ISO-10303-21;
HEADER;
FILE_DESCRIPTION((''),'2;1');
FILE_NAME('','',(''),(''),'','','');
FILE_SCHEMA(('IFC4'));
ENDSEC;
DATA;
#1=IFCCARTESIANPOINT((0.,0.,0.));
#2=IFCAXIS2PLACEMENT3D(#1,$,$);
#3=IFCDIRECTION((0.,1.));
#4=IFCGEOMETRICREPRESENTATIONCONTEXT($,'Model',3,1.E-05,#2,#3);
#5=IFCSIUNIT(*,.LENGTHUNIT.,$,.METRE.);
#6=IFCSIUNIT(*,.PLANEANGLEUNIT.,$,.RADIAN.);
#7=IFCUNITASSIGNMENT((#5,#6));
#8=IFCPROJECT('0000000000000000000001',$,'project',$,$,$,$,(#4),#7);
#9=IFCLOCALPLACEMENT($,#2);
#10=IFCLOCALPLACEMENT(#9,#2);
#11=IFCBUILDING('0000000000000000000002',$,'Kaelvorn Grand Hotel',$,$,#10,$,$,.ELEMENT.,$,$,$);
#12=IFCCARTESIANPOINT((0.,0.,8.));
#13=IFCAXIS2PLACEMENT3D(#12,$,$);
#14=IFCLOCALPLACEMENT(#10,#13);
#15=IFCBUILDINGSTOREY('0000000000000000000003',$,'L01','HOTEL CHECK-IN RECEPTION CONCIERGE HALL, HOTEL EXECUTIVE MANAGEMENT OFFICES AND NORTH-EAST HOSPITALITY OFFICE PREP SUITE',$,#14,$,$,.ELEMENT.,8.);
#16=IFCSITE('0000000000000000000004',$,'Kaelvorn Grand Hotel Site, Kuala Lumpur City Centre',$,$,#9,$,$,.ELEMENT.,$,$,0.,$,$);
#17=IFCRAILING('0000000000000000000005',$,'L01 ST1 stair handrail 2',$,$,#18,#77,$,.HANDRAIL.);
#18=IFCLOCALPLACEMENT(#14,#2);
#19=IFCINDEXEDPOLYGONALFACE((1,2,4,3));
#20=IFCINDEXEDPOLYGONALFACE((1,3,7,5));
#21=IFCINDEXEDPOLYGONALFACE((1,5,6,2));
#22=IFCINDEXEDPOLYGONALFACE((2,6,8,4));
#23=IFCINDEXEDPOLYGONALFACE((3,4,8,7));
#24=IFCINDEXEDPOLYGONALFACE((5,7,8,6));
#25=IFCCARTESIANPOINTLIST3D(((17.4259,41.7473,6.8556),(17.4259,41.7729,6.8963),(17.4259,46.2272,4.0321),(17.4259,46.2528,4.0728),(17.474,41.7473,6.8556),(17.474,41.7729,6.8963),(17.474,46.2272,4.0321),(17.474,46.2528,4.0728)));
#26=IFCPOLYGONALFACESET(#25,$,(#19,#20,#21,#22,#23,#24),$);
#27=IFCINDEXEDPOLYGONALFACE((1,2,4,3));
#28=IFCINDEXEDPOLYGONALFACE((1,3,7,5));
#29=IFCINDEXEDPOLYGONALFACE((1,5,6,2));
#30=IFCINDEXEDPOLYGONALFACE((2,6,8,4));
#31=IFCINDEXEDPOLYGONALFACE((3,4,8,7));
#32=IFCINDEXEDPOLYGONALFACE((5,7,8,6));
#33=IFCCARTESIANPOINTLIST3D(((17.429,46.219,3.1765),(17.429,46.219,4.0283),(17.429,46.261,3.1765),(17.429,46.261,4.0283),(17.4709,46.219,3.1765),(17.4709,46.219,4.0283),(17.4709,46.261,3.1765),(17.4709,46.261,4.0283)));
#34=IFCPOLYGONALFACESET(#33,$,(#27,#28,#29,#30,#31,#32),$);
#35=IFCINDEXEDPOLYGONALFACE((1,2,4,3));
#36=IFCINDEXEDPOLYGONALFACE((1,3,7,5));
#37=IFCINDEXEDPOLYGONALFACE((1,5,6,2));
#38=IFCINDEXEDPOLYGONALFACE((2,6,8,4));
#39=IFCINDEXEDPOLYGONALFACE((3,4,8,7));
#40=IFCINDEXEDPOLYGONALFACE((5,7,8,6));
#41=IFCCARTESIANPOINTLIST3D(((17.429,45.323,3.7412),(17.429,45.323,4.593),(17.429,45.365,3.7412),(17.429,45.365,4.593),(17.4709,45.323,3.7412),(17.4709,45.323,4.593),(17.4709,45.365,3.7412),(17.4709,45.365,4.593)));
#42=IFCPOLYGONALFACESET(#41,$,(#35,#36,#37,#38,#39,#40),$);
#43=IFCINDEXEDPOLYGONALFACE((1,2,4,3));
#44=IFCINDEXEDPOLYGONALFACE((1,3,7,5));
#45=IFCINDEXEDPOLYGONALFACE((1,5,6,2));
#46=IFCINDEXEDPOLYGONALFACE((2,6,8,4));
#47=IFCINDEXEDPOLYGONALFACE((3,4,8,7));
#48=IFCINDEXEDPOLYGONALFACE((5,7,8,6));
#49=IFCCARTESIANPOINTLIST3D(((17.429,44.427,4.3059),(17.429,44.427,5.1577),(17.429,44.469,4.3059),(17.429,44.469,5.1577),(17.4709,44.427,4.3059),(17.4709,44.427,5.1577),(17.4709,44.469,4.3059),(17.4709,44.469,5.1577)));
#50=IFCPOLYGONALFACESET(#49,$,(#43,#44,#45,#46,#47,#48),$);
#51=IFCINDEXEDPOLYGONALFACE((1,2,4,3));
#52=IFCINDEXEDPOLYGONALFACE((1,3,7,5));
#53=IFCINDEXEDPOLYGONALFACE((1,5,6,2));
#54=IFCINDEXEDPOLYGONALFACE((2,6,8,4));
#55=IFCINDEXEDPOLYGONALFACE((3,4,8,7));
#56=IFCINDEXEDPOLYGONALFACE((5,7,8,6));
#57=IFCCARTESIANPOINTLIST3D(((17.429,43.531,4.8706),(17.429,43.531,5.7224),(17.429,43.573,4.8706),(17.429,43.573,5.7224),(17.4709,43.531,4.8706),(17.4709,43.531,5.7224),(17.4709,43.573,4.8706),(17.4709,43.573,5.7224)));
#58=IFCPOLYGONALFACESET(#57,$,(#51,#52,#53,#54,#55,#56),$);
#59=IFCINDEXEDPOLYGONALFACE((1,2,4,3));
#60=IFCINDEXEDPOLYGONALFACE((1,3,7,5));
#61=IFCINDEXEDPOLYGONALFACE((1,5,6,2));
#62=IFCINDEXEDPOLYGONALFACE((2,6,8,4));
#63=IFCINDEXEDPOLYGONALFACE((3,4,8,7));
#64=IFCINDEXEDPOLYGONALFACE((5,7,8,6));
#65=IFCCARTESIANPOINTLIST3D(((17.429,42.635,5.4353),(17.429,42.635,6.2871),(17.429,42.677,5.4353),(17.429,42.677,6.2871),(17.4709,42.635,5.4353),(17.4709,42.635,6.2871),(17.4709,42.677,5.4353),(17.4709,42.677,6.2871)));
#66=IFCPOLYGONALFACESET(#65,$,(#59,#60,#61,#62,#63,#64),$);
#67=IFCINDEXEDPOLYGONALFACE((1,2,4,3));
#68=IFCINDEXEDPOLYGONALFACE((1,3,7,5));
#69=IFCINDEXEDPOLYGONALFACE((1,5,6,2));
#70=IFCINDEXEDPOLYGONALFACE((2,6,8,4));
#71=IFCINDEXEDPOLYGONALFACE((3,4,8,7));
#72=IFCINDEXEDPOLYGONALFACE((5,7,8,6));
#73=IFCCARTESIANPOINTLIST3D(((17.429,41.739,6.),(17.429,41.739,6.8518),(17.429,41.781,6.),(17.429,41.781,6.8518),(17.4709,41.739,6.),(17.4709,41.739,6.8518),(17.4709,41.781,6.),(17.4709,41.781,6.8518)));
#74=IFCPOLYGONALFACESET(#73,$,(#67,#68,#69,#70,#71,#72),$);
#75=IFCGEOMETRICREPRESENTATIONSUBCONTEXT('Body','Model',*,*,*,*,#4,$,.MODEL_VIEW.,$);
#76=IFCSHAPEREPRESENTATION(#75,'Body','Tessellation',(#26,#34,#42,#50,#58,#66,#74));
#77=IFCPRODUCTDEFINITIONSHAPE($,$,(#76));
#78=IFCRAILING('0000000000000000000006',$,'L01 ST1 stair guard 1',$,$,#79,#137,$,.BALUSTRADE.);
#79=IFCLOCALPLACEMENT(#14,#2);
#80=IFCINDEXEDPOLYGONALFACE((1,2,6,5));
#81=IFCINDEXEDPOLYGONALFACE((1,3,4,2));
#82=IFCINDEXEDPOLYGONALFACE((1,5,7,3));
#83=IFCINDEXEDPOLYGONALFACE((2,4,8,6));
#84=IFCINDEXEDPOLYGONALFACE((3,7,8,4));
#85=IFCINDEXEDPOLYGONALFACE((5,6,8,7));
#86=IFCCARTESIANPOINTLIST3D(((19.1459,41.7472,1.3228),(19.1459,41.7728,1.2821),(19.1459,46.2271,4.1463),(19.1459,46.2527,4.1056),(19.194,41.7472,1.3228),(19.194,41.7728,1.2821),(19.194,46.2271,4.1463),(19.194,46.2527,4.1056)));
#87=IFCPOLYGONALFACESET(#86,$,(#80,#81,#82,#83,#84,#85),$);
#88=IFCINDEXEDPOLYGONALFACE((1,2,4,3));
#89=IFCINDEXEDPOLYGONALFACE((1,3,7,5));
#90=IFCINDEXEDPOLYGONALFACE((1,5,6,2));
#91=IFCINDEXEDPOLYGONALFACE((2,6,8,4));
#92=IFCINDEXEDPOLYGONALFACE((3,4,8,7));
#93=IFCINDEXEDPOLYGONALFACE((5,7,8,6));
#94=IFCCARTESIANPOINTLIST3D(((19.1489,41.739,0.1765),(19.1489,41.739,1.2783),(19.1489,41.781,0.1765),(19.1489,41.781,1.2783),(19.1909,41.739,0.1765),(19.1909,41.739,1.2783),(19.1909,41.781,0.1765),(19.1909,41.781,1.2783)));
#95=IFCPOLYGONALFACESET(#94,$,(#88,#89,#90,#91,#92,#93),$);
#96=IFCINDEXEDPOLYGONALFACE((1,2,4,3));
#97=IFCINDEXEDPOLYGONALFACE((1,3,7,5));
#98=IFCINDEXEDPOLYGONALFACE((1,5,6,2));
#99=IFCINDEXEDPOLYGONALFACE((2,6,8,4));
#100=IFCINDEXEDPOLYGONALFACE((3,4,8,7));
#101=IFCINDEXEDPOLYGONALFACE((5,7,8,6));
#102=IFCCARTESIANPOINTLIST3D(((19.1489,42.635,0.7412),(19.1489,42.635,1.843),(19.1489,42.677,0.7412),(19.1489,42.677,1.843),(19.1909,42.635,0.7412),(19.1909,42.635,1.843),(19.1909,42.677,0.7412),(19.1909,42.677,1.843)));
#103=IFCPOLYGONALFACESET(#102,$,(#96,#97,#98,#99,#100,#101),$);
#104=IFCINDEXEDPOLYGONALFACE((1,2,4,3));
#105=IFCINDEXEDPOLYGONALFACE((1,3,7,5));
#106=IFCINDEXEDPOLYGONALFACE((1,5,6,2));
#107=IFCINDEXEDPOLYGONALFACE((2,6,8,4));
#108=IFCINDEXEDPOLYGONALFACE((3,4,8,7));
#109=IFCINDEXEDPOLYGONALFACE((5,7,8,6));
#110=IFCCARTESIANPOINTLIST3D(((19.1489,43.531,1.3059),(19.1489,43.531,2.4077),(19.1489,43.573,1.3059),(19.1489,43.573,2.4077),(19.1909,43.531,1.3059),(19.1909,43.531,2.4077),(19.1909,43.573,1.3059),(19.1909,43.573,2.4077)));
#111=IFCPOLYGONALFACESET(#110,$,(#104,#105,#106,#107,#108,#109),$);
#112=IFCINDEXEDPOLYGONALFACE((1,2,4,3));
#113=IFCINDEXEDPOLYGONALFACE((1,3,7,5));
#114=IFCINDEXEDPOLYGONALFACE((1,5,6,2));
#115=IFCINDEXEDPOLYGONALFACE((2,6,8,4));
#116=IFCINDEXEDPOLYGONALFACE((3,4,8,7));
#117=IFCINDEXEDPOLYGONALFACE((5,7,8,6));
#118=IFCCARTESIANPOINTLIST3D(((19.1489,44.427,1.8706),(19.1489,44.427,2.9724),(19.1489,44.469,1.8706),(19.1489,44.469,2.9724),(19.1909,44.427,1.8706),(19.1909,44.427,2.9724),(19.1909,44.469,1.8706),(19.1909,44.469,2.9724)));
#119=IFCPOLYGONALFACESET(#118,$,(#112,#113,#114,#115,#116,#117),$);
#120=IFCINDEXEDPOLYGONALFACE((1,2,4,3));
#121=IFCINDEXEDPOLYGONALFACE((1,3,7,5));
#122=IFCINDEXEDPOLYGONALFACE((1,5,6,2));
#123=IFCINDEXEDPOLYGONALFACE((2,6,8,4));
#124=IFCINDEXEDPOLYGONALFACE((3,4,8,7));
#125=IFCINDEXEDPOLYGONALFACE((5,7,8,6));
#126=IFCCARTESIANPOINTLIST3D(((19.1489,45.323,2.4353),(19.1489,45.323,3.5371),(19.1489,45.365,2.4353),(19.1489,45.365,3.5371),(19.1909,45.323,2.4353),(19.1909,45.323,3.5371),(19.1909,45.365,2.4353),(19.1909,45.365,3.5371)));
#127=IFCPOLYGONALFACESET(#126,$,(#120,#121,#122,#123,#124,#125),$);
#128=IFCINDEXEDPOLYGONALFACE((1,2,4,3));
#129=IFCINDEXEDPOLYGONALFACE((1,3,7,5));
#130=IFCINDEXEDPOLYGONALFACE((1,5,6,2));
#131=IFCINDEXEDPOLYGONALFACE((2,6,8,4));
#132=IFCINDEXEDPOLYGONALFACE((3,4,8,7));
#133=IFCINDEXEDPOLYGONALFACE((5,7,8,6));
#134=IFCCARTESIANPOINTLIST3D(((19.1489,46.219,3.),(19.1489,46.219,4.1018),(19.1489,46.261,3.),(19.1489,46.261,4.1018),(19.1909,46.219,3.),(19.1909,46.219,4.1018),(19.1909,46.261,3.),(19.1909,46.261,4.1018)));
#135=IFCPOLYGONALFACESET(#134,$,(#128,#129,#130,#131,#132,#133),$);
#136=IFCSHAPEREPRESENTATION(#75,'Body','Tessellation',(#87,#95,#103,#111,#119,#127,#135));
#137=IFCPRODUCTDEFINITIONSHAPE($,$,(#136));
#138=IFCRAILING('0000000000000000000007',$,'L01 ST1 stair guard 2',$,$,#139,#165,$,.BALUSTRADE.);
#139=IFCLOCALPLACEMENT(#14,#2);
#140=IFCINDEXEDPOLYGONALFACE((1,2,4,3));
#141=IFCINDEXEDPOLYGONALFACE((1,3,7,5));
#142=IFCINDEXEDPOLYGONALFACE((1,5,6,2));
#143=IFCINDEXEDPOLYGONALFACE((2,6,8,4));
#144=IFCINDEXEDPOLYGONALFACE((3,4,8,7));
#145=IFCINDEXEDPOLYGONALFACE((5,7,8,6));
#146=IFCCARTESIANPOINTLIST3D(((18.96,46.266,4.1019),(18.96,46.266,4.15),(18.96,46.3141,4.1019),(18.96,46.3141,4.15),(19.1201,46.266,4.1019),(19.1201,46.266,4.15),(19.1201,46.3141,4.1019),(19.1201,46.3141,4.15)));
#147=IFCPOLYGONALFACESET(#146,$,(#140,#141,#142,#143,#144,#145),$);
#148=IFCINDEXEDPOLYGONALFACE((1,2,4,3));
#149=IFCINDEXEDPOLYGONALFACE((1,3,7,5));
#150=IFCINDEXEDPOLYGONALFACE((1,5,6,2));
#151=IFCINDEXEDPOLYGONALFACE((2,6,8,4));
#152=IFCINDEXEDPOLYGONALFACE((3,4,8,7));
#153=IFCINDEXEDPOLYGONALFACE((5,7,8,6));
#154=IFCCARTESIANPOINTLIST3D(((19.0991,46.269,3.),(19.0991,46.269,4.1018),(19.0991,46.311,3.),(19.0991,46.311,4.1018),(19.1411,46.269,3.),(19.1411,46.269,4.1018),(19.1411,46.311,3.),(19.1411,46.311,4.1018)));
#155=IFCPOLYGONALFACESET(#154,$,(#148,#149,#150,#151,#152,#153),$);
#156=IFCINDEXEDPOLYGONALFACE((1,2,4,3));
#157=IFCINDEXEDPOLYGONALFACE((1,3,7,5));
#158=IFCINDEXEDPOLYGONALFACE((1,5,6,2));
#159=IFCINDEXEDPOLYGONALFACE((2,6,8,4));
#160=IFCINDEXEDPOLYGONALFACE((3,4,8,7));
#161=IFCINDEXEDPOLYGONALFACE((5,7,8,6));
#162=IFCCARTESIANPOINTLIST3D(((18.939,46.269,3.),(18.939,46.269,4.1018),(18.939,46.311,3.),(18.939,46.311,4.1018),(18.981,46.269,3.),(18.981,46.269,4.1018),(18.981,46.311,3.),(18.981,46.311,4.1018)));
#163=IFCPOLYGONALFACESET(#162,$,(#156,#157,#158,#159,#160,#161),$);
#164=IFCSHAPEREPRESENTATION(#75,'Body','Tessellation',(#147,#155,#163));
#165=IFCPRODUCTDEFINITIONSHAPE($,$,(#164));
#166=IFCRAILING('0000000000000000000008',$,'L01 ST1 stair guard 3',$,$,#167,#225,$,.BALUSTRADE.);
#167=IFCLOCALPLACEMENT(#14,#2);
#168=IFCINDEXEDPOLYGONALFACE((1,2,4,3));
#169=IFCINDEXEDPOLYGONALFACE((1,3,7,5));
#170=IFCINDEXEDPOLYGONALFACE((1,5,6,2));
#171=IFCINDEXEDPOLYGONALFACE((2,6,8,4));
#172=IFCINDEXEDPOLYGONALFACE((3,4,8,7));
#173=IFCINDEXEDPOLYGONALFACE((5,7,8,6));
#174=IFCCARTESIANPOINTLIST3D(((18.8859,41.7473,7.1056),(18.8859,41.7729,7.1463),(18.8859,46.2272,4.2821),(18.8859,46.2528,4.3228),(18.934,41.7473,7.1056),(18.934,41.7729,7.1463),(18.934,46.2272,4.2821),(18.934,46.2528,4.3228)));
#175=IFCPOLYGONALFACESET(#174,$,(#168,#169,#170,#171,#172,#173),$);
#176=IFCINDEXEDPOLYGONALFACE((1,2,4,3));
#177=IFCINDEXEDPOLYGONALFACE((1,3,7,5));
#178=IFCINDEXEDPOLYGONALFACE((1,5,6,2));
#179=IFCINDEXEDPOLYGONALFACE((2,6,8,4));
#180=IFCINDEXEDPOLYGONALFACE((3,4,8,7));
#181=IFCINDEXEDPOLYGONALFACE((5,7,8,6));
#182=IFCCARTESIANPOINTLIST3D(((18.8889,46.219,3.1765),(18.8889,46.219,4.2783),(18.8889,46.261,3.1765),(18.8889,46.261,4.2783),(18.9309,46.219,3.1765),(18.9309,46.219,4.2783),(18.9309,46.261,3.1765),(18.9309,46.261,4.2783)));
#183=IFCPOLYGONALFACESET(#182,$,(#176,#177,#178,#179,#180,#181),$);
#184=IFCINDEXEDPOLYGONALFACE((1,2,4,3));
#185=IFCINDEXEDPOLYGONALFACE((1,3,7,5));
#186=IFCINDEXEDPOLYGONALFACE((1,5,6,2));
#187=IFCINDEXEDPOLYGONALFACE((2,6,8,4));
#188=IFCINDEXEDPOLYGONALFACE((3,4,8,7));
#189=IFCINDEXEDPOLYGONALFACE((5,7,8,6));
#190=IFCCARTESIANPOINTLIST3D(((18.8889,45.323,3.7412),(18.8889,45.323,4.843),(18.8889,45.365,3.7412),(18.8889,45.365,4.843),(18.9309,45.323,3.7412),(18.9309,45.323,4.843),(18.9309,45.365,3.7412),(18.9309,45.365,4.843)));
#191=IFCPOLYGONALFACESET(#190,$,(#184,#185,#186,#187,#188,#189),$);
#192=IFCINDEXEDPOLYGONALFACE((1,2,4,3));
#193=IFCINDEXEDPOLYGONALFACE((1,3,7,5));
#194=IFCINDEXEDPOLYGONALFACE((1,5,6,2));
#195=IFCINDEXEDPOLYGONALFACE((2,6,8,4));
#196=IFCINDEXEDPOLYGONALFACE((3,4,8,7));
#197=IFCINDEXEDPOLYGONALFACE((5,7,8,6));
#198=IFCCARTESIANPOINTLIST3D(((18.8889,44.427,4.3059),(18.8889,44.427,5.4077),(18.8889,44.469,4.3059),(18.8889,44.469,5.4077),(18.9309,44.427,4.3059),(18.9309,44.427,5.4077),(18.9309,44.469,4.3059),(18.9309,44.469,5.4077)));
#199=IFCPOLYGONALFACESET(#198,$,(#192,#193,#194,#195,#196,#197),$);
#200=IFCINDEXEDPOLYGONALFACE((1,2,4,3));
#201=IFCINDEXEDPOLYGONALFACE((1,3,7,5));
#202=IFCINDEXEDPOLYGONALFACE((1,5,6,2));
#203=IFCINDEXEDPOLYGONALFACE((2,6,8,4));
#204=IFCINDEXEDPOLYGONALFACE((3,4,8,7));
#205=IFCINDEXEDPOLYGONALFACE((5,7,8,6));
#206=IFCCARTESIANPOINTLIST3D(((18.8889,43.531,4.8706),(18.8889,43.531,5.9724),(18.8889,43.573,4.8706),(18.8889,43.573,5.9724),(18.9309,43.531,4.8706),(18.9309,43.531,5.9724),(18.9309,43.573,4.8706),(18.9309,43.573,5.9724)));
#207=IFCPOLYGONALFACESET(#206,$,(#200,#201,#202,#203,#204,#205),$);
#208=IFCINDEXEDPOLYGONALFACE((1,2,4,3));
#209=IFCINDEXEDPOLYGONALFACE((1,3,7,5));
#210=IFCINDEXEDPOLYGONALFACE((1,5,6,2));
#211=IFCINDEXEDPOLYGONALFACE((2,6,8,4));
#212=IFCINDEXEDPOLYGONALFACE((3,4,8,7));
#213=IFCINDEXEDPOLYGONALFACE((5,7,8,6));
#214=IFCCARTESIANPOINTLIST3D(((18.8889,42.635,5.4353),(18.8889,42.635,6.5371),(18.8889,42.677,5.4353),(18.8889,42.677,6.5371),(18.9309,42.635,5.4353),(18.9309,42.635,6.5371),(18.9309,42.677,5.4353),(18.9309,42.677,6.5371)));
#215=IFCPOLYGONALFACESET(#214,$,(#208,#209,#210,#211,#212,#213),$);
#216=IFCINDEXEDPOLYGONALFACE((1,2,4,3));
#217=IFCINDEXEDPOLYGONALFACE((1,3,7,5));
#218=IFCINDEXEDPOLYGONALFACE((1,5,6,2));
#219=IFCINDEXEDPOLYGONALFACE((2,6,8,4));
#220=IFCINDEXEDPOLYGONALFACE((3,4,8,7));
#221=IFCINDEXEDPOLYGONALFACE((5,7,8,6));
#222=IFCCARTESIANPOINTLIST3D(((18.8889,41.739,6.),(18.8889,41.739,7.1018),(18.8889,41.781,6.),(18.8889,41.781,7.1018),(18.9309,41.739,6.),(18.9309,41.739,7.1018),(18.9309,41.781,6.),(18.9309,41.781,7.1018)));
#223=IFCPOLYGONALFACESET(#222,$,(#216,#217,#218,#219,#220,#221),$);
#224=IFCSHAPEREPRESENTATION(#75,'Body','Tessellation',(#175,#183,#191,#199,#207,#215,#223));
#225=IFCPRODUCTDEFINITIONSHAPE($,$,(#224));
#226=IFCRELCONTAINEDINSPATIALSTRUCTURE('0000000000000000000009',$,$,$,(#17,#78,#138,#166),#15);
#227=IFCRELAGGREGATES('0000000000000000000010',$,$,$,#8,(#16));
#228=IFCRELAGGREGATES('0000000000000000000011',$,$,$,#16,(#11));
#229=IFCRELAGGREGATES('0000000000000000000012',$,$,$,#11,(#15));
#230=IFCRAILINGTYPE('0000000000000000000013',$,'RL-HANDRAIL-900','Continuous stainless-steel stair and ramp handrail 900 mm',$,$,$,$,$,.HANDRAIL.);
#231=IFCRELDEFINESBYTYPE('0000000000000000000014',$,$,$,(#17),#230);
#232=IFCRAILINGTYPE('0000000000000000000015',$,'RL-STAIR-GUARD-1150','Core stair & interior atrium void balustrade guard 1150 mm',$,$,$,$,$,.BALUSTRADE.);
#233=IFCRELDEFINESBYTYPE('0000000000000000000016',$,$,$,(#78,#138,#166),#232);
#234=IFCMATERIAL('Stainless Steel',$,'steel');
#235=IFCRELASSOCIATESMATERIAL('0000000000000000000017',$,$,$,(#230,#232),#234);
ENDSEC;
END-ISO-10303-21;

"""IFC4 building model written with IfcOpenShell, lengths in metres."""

from ifc_helpers import new_model, si_unit, direction, frame, origin, origin_2d, place, context, subcontext, project, spatial, rectangle, extrude, material, type_object, element, save


model = new_model("IFC4")

# Units and contexts
model_context = context("Model", 3, precision=1e-05, world=origin(), true_north=direction((0.0, 1.0)))
body_context = subcontext(model_context, "Body", "Model", "MODEL_VIEW")
ifc_project = project(units=[si_unit("LENGTHUNIT", "METRE"), si_unit("PLANEANGLEUNIT", "RADIAN")], contexts=[model_context])

# Site, building, storey
site_placement = place(None, origin())
site = spatial("IfcSite", under=ifc_project, at=site_placement, Name="Kaelvorn Grand Hotel Site, Kuala Lumpur City Centre", CompositionType="ELEMENT", RefElevation=0.0)
building_placement = place(site_placement, origin())
building = spatial("IfcBuilding", under=site, at=building_placement, Name="Kaelvorn Grand Hotel", CompositionType="ELEMENT")
storey_placement = place(building_placement, frame((0.0, 0.0, 8.0)))
storey = spatial("IfcBuildingStorey", under=building, at=storey_placement, Name="L01", Description="HOTEL CHECK-IN RECEPTION CONCIERGE HALL, HOTEL EXECUTIVE MANAGEMENT OFFICES AND NORTH-EAST HOSPITALITY OFFICE PREP SUITE", CompositionType="ELEMENT", Elevation=8.0)

# Shared definitions
ifc_material_1 = material(Name="Stainless Steel", Category="steel")

# Railings
railing_type_1 = type_object("IfcRailingType", Name="RL-HANDRAIL-900", Description="Continuous stainless-steel stair and ramp handrail 900 mm", PredefinedType="HANDRAIL", material=ifc_material_1)
railing_1_placement = place(storey_placement, frame((17.45, 46.24, 3.1765)))
element("IfcRailing", 1, at=railing_1_placement, inside=storey, type_object=railing_type_1, Name="L01 ST1 stair handrail 2", PredefinedType="HANDRAIL", context=body_context, shape_type="SweptSolid", body=[
    extrude(rectangle(XDim=0.0481, YDim=0.0481, at=origin_2d()), frame((0.0, 0.0, 0.876), z_axis=(0.0, -0.845998, 0.533186), x_axis=(1.0, 0.0, 0.0)), (0.0, 0.0, 1.0), 5.2954),
    extrude(rectangle(XDim=0.042, YDim=0.042, at=origin_2d()), origin(), (0.0, 0.0, 1.0), 0.8518),
    extrude(rectangle(XDim=0.042, YDim=0.042, at=origin_2d()), frame((0.0, -0.896, 0.5647)), (0.0, 0.0, 1.0), 0.8518),
    extrude(rectangle(XDim=0.042, YDim=0.042, at=origin_2d()), frame((0.0, -1.792, 1.1294)), (0.0, 0.0, 1.0), 0.8518),
    extrude(rectangle(XDim=0.042, YDim=0.042, at=origin_2d()), frame((0.0, -2.688, 1.6941)), (0.0, 0.0, 1.0), 0.8518),
    extrude(rectangle(XDim=0.042, YDim=0.042, at=origin_2d()), frame((0.0, -3.584, 2.2588)), (0.0, 0.0, 1.0), 0.8518),
    extrude(rectangle(XDim=0.042, YDim=0.042, at=origin_2d()), frame((0.0, -4.48, 2.8235)), (0.0, 0.0, 1.0), 0.8518),
])
railing_type_2 = type_object("IfcRailingType", Name="RL-STAIR-GUARD-1150", Description="Core stair & interior atrium void balustrade guard 1150 mm", PredefinedType="BALUSTRADE", material=ifc_material_1)
railing_2_placement = place(storey_placement, frame((19.1699, 41.76, 0.1765)))
element("IfcRailing", 2, at=railing_2_placement, inside=storey, type_object=railing_type_2, Name="L01 ST1 stair guard 1", PredefinedType="BALUSTRADE", context=body_context, shape_type="SweptSolid", body=[
    extrude(rectangle(XDim=0.0481, YDim=0.0481, at=origin_2d()), frame((0.0, 0.0, 1.126), z_axis=(0.0, 0.845998, 0.533186), x_axis=(-1.0, 0.0, 0.0)), (0.0, 0.0, 1.0), 5.2954),
    extrude(rectangle(XDim=0.042, YDim=0.042, at=origin_2d()), origin(), (0.0, 0.0, 1.0), 1.1018),
    extrude(rectangle(XDim=0.042, YDim=0.042, at=origin_2d()), frame((0.0, 0.896, 0.5647)), (0.0, 0.0, 1.0), 1.1018),
    extrude(rectangle(XDim=0.042, YDim=0.042, at=origin_2d()), frame((0.0, 1.792, 1.1294)), (0.0, 0.0, 1.0), 1.1018),
    extrude(rectangle(XDim=0.042, YDim=0.042, at=origin_2d()), frame((0.0, 2.688, 1.6941)), (0.0, 0.0, 1.0), 1.1018),
    extrude(rectangle(XDim=0.042, YDim=0.042, at=origin_2d()), frame((0.0, 3.584, 2.2588)), (0.0, 0.0, 1.0), 1.1018),
    extrude(rectangle(XDim=0.042, YDim=0.042, at=origin_2d()), frame((0.0, 4.48, 2.8235)), (0.0, 0.0, 1.0), 1.1018),
])
railing_3_placement = place(storey_placement, frame((19.1201, 46.29, 3.0)))
element("IfcRailing", 3, at=railing_3_placement, inside=storey, type_object=railing_type_2, Name="L01 ST1 stair guard 2", PredefinedType="BALUSTRADE", context=body_context, shape_type="SweptSolid", body=[
    extrude(rectangle(XDim=0.0481, YDim=0.0481, at=origin_2d()), frame((0.0, 0.0, 1.126), z_axis=(-1.0, 0.0, 0.0), x_axis=(0.0, -1.0, 0.0)), (0.0, 0.0, 1.0), 0.1602),
    extrude(rectangle(XDim=0.042, YDim=0.042, at=origin_2d()), origin(), (0.0, 0.0, 1.0), 1.1018),
    extrude(rectangle(XDim=0.042, YDim=0.042, at=origin_2d()), frame((-0.1602, 0.0, 0.0)), (0.0, 0.0, 1.0), 1.1018),
])
railing_4_placement = place(storey_placement, frame((18.9099, 46.24, 3.1765)))
element("IfcRailing", 4, at=railing_4_placement, inside=storey, type_object=railing_type_2, Name="L01 ST1 stair guard 3", PredefinedType="BALUSTRADE", context=body_context, shape_type="SweptSolid", body=[
    extrude(rectangle(XDim=0.0481, YDim=0.0481, at=origin_2d()), frame((0.0, 0.0, 1.126), z_axis=(0.0, -0.845998, 0.533186), x_axis=(1.0, 0.0, 0.0)), (0.0, 0.0, 1.0), 5.2954),
    extrude(rectangle(XDim=0.042, YDim=0.042, at=origin_2d()), origin(), (0.0, 0.0, 1.0), 1.1018),
    extrude(rectangle(XDim=0.042, YDim=0.042, at=origin_2d()), frame((0.0, -0.896, 0.5647)), (0.0, 0.0, 1.0), 1.1018),
    extrude(rectangle(XDim=0.042, YDim=0.042, at=origin_2d()), frame((0.0, -1.792, 1.1294)), (0.0, 0.0, 1.0), 1.1018),
    extrude(rectangle(XDim=0.042, YDim=0.042, at=origin_2d()), frame((0.0, -2.688, 1.6941)), (0.0, 0.0, 1.0), 1.1018),
    extrude(rectangle(XDim=0.042, YDim=0.042, at=origin_2d()), frame((0.0, -3.584, 2.2588)), (0.0, 0.0, 1.0), 1.1018),
    extrude(rectangle(XDim=0.042, YDim=0.042, at=origin_2d()), frame((0.0, -4.48, 2.8235)), (0.0, 0.0, 1.0), 1.1018),
])

save(model, "model.ifc")
